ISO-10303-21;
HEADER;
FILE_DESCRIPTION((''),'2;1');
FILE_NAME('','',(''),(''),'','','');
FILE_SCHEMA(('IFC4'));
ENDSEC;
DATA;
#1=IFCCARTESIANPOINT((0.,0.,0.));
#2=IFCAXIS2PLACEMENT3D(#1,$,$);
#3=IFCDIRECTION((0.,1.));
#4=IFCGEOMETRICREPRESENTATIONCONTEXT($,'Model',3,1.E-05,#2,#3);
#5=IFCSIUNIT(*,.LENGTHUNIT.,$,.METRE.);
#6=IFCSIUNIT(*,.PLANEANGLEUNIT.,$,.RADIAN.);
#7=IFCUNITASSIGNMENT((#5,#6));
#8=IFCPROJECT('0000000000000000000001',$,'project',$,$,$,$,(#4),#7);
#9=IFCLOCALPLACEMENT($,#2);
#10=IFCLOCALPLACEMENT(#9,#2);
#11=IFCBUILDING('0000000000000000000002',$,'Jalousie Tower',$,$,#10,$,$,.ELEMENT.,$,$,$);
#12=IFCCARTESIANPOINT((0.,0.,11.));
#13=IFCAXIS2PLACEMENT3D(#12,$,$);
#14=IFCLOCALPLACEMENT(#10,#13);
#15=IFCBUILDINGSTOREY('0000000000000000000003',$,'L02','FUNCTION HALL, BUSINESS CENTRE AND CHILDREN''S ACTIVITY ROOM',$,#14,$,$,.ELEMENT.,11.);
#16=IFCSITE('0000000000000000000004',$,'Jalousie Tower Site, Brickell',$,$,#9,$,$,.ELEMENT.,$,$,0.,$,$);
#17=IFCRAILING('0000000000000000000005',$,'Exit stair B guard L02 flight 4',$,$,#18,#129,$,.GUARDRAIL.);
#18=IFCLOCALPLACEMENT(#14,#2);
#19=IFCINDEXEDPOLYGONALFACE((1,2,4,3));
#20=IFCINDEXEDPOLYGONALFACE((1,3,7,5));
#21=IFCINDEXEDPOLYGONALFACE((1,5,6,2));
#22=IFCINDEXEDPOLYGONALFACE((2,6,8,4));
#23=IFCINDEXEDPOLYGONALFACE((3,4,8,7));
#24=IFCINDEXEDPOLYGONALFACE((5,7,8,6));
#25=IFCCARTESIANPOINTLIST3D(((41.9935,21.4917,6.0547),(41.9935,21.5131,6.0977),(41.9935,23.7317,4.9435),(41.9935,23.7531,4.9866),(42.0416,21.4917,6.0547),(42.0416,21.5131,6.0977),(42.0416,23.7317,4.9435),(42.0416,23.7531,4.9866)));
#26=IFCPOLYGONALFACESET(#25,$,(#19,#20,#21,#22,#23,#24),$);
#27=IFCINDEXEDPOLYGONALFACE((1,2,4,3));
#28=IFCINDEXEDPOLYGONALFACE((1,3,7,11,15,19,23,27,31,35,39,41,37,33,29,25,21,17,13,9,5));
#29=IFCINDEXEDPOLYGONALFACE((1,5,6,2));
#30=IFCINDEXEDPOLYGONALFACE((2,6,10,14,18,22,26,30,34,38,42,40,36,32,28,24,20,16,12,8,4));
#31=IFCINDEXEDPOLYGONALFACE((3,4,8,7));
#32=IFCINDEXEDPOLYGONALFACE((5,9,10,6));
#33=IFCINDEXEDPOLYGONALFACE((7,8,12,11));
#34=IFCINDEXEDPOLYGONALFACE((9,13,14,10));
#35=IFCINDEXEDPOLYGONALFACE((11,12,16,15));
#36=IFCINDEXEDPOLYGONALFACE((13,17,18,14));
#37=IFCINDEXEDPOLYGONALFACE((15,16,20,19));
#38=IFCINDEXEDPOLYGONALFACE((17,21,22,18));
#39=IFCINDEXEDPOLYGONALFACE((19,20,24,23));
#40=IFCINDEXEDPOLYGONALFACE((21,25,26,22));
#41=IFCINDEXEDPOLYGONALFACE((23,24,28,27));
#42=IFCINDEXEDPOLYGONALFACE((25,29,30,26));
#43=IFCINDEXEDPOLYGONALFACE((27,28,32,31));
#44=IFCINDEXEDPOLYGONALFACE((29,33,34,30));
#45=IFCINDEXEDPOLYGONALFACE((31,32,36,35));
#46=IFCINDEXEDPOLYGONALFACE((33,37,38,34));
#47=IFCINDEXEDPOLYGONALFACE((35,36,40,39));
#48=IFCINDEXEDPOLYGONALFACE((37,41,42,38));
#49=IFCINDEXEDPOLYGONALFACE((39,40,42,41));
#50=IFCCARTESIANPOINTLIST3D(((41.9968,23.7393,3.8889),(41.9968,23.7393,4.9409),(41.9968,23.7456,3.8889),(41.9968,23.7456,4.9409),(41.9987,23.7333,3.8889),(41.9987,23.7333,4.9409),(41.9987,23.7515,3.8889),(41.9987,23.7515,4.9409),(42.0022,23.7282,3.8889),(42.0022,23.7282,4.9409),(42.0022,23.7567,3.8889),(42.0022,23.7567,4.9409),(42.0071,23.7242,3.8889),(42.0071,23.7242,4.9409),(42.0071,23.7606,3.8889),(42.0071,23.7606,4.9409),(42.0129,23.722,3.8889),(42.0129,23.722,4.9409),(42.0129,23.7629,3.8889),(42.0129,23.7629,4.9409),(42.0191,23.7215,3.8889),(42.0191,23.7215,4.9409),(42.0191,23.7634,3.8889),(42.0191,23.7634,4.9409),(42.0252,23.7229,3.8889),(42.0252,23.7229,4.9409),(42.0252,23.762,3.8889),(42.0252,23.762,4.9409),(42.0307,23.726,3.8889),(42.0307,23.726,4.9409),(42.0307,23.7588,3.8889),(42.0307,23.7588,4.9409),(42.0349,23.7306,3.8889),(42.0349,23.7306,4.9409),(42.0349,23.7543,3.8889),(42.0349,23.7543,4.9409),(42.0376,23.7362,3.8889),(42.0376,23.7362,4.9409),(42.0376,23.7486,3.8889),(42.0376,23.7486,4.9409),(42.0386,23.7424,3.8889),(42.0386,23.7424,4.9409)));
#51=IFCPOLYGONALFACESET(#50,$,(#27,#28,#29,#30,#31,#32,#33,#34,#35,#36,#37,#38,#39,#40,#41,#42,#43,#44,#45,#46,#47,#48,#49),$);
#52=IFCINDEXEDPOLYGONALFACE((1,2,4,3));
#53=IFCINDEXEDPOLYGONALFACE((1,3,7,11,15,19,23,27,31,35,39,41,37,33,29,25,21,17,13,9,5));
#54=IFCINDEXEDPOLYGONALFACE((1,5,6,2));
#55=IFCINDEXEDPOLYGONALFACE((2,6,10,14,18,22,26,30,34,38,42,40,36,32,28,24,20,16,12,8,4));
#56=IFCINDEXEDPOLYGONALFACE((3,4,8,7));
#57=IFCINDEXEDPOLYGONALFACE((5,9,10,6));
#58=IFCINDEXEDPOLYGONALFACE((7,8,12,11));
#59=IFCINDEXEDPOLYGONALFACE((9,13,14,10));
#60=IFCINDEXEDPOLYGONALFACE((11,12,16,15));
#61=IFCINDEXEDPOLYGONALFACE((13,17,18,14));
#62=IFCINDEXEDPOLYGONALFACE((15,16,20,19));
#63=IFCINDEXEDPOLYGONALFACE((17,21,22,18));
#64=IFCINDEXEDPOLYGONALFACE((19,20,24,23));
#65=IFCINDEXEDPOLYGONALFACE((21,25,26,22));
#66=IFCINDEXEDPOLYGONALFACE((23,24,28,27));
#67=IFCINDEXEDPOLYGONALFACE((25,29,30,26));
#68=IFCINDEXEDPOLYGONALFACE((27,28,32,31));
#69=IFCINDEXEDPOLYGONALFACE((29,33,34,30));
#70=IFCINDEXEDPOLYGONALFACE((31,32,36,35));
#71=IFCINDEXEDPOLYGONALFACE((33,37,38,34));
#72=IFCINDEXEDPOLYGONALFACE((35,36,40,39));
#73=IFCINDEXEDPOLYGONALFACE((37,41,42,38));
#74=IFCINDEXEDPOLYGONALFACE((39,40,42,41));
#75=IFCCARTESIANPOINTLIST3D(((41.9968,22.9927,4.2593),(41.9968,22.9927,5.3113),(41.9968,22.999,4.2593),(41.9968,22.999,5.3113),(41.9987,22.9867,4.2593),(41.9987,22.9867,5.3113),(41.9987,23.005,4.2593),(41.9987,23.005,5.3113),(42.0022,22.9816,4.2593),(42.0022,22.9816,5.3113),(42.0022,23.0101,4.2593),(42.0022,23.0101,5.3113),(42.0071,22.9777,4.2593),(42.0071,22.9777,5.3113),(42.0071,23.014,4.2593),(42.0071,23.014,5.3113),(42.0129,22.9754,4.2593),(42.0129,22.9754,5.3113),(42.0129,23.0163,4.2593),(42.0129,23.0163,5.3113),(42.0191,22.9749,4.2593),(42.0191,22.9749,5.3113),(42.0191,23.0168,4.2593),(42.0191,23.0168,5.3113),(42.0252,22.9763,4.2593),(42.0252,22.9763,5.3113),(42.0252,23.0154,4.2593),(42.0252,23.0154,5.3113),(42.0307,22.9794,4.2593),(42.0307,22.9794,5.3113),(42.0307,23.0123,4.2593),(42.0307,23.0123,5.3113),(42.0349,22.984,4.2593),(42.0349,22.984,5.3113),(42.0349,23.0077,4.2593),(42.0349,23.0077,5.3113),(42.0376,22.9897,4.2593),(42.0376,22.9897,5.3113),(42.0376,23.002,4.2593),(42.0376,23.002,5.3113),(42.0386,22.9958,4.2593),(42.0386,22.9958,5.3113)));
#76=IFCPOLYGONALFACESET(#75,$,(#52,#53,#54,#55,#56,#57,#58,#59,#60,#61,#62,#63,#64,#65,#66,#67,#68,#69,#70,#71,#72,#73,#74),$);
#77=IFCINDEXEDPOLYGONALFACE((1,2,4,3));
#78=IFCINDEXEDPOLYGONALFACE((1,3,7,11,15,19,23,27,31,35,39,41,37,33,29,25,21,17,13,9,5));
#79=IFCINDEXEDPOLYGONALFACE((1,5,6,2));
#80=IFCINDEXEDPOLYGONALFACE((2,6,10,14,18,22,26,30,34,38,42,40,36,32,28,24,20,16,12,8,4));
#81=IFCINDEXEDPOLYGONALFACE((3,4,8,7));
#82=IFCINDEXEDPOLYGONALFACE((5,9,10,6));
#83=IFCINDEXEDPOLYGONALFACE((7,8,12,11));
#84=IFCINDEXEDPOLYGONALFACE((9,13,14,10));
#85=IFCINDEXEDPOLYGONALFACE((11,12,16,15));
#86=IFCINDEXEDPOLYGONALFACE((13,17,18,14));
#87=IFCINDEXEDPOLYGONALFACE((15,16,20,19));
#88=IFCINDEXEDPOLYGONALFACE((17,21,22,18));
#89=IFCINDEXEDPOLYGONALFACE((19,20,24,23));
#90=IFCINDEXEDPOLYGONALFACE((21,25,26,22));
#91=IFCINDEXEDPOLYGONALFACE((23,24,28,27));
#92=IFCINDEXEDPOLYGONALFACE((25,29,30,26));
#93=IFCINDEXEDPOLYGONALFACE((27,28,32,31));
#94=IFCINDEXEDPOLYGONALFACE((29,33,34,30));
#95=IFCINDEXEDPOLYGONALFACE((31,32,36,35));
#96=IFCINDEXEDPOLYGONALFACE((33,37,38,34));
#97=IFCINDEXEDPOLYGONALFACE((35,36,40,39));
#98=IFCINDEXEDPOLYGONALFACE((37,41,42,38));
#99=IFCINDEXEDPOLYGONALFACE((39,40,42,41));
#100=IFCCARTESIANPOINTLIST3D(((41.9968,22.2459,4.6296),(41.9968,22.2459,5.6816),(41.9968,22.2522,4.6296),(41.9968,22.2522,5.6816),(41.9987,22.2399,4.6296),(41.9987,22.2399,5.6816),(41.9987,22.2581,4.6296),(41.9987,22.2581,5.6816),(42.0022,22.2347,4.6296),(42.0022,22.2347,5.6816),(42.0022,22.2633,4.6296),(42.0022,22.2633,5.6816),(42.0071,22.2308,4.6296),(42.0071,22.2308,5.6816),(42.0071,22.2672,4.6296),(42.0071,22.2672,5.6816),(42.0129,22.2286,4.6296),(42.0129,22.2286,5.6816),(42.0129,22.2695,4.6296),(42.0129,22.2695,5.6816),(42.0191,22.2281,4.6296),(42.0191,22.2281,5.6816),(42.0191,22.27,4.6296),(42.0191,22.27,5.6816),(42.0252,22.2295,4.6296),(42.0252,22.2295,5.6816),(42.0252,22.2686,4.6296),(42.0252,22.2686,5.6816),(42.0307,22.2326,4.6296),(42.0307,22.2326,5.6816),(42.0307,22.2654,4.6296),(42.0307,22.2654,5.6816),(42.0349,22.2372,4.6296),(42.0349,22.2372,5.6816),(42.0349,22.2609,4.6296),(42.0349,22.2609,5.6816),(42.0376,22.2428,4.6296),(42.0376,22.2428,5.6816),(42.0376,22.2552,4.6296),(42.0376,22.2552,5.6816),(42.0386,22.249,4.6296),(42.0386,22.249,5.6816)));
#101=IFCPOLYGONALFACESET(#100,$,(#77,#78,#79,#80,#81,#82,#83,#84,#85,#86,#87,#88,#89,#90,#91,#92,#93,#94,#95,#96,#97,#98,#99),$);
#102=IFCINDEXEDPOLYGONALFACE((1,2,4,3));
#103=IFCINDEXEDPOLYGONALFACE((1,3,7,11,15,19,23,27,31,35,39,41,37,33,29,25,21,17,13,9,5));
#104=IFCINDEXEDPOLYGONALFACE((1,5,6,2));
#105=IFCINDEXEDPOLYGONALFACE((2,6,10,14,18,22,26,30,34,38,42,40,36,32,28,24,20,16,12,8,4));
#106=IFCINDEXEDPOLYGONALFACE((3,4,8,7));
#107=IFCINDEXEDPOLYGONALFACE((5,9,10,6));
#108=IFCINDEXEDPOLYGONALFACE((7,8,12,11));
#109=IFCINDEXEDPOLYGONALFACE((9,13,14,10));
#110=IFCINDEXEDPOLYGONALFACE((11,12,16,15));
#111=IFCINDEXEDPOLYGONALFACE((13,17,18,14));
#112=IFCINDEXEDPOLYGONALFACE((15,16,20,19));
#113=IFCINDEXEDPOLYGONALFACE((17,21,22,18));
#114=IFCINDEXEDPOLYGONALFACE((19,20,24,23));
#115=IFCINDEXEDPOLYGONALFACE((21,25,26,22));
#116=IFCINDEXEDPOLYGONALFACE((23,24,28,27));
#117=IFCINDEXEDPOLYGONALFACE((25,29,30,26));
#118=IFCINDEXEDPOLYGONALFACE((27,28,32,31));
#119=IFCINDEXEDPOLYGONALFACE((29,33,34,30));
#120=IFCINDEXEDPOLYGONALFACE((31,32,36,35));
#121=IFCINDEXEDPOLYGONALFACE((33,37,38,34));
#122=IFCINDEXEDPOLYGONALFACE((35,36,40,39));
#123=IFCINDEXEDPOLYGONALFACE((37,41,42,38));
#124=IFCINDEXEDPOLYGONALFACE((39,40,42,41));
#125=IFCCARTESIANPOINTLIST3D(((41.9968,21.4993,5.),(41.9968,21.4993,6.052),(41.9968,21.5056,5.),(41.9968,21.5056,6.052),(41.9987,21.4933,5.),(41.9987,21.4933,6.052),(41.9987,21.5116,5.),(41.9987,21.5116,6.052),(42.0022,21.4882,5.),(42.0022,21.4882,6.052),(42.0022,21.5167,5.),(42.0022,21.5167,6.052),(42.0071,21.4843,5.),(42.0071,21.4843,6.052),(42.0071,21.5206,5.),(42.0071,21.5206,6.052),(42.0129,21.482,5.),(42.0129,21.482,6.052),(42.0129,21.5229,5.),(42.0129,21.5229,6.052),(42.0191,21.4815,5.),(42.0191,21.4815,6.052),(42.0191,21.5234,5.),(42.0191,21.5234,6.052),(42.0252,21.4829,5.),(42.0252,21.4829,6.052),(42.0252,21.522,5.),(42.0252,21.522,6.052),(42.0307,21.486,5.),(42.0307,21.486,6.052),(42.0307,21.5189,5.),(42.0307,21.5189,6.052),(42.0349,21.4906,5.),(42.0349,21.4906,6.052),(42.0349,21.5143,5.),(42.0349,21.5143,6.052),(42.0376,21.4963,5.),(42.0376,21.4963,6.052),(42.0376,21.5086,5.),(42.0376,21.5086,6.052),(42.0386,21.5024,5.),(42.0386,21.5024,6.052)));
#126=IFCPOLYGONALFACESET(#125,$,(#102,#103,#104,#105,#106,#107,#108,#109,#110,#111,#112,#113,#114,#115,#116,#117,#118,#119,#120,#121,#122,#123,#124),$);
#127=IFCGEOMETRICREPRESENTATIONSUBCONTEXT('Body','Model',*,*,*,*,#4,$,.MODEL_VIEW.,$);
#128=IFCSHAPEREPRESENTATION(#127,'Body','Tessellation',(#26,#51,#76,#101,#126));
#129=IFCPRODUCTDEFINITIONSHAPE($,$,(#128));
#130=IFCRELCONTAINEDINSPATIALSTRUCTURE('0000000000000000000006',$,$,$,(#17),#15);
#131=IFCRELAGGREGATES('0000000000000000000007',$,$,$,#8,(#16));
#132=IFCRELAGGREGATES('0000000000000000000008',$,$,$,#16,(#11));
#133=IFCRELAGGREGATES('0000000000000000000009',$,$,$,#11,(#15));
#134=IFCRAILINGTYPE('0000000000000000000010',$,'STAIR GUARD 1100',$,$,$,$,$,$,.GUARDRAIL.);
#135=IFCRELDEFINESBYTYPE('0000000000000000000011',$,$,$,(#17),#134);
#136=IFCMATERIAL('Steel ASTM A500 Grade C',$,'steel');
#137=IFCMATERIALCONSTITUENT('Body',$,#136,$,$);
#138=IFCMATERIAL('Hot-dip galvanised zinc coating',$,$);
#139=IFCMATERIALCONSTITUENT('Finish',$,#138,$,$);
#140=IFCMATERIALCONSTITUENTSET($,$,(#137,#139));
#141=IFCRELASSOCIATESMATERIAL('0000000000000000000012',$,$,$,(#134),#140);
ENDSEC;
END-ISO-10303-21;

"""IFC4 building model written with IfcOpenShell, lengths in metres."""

from ifc_helpers import new_model, si_unit, direction, frame, origin, origin_2d, place, context, subcontext, project, spatial, rectangle, circle, extrude, material, constituent, constituent_set, type_object, element, save


model = new_model("IFC4")

# Units and contexts
model_context = context("Model", 3, precision=1e-05, world=origin(), true_north=direction((0.0, 1.0)))
body_context = subcontext(model_context, "Body", "Model", "MODEL_VIEW")
ifc_project = project(units=[si_unit("LENGTHUNIT", "METRE"), si_unit("PLANEANGLEUNIT", "RADIAN")], contexts=[model_context])

# Site, building, storey
site_placement = place(None, origin())
site = spatial("IfcSite", under=ifc_project, at=site_placement, Name="Jalousie Tower Site, Brickell", CompositionType="ELEMENT", RefElevation=0.0)
building_placement = place(site_placement, origin())
building = spatial("IfcBuilding", under=site, at=building_placement, Name="Jalousie Tower", CompositionType="ELEMENT")
storey_placement = place(building_placement, frame((0.0, 0.0, 11.0)))
storey = spatial("IfcBuildingStorey", under=building, at=storey_placement, Name="L02", Description="FUNCTION HALL, BUSINESS CENTRE AND CHILDREN'S ACTIVITY ROOM", CompositionType="ELEMENT", Elevation=11.0)

# Railing
ifc_material_1 = material(Name="Steel ASTM A500 Grade C", Category="steel")
ifc_constituent_1 = constituent(ifc_material_1, Name="Body")
ifc_material_2 = material(Name="Hot-dip galvanised zinc coating")
ifc_constituent_2 = constituent(ifc_material_2, Name="Finish")
ifc_constituent_set_1 = constituent_set(constituents=[ifc_constituent_1, ifc_constituent_2])
railing_type_1 = type_object("IfcRailingType", Name="STAIR GUARD 1100", PredefinedType="GUARDRAIL", material=ifc_constituent_set_1)
for number, where, name in (
    (1, (42.0176, 23.7424, 3.8889), "Exit stair B guard L02 flight 4"),
):
    element("IfcRailing", number, at=place(storey_placement, frame(where)), inside=storey, type_object=railing_type_1, Name=name, PredefinedType="GUARDRAIL", context=body_context, shape_type="SweptSolid", body=[
        extrude(rectangle(XDim=0.0481, YDim=0.0481, at=origin_2d()), frame((0.0, 0.0, 1.0762), z_axis=(0.0, -0.895848, 0.44436), x_axis=(1.0, 0.0, 0.0)), (0.0, 0.0, 1.0), 2.5005),
        extrude(circle(Radius=0.021, at=origin_2d()), origin(), (0.0, 0.0, 1.0), 1.052),
        extrude(circle(Radius=0.021, at=origin_2d()), frame((0.0, -0.7466, 0.3704)), (0.0, 0.0, 1.0), 1.052),
        extrude(circle(Radius=0.021, at=origin_2d()), frame((0.0, -1.4934, 0.7407)), (0.0, 0.0, 1.0), 1.052),
        extrude(circle(Radius=0.021, at=origin_2d()), frame((0.0, -2.24, 1.1111)), (0.0, 0.0, 1.0), 1.052),
    ])

save(model, "model.ifc")
